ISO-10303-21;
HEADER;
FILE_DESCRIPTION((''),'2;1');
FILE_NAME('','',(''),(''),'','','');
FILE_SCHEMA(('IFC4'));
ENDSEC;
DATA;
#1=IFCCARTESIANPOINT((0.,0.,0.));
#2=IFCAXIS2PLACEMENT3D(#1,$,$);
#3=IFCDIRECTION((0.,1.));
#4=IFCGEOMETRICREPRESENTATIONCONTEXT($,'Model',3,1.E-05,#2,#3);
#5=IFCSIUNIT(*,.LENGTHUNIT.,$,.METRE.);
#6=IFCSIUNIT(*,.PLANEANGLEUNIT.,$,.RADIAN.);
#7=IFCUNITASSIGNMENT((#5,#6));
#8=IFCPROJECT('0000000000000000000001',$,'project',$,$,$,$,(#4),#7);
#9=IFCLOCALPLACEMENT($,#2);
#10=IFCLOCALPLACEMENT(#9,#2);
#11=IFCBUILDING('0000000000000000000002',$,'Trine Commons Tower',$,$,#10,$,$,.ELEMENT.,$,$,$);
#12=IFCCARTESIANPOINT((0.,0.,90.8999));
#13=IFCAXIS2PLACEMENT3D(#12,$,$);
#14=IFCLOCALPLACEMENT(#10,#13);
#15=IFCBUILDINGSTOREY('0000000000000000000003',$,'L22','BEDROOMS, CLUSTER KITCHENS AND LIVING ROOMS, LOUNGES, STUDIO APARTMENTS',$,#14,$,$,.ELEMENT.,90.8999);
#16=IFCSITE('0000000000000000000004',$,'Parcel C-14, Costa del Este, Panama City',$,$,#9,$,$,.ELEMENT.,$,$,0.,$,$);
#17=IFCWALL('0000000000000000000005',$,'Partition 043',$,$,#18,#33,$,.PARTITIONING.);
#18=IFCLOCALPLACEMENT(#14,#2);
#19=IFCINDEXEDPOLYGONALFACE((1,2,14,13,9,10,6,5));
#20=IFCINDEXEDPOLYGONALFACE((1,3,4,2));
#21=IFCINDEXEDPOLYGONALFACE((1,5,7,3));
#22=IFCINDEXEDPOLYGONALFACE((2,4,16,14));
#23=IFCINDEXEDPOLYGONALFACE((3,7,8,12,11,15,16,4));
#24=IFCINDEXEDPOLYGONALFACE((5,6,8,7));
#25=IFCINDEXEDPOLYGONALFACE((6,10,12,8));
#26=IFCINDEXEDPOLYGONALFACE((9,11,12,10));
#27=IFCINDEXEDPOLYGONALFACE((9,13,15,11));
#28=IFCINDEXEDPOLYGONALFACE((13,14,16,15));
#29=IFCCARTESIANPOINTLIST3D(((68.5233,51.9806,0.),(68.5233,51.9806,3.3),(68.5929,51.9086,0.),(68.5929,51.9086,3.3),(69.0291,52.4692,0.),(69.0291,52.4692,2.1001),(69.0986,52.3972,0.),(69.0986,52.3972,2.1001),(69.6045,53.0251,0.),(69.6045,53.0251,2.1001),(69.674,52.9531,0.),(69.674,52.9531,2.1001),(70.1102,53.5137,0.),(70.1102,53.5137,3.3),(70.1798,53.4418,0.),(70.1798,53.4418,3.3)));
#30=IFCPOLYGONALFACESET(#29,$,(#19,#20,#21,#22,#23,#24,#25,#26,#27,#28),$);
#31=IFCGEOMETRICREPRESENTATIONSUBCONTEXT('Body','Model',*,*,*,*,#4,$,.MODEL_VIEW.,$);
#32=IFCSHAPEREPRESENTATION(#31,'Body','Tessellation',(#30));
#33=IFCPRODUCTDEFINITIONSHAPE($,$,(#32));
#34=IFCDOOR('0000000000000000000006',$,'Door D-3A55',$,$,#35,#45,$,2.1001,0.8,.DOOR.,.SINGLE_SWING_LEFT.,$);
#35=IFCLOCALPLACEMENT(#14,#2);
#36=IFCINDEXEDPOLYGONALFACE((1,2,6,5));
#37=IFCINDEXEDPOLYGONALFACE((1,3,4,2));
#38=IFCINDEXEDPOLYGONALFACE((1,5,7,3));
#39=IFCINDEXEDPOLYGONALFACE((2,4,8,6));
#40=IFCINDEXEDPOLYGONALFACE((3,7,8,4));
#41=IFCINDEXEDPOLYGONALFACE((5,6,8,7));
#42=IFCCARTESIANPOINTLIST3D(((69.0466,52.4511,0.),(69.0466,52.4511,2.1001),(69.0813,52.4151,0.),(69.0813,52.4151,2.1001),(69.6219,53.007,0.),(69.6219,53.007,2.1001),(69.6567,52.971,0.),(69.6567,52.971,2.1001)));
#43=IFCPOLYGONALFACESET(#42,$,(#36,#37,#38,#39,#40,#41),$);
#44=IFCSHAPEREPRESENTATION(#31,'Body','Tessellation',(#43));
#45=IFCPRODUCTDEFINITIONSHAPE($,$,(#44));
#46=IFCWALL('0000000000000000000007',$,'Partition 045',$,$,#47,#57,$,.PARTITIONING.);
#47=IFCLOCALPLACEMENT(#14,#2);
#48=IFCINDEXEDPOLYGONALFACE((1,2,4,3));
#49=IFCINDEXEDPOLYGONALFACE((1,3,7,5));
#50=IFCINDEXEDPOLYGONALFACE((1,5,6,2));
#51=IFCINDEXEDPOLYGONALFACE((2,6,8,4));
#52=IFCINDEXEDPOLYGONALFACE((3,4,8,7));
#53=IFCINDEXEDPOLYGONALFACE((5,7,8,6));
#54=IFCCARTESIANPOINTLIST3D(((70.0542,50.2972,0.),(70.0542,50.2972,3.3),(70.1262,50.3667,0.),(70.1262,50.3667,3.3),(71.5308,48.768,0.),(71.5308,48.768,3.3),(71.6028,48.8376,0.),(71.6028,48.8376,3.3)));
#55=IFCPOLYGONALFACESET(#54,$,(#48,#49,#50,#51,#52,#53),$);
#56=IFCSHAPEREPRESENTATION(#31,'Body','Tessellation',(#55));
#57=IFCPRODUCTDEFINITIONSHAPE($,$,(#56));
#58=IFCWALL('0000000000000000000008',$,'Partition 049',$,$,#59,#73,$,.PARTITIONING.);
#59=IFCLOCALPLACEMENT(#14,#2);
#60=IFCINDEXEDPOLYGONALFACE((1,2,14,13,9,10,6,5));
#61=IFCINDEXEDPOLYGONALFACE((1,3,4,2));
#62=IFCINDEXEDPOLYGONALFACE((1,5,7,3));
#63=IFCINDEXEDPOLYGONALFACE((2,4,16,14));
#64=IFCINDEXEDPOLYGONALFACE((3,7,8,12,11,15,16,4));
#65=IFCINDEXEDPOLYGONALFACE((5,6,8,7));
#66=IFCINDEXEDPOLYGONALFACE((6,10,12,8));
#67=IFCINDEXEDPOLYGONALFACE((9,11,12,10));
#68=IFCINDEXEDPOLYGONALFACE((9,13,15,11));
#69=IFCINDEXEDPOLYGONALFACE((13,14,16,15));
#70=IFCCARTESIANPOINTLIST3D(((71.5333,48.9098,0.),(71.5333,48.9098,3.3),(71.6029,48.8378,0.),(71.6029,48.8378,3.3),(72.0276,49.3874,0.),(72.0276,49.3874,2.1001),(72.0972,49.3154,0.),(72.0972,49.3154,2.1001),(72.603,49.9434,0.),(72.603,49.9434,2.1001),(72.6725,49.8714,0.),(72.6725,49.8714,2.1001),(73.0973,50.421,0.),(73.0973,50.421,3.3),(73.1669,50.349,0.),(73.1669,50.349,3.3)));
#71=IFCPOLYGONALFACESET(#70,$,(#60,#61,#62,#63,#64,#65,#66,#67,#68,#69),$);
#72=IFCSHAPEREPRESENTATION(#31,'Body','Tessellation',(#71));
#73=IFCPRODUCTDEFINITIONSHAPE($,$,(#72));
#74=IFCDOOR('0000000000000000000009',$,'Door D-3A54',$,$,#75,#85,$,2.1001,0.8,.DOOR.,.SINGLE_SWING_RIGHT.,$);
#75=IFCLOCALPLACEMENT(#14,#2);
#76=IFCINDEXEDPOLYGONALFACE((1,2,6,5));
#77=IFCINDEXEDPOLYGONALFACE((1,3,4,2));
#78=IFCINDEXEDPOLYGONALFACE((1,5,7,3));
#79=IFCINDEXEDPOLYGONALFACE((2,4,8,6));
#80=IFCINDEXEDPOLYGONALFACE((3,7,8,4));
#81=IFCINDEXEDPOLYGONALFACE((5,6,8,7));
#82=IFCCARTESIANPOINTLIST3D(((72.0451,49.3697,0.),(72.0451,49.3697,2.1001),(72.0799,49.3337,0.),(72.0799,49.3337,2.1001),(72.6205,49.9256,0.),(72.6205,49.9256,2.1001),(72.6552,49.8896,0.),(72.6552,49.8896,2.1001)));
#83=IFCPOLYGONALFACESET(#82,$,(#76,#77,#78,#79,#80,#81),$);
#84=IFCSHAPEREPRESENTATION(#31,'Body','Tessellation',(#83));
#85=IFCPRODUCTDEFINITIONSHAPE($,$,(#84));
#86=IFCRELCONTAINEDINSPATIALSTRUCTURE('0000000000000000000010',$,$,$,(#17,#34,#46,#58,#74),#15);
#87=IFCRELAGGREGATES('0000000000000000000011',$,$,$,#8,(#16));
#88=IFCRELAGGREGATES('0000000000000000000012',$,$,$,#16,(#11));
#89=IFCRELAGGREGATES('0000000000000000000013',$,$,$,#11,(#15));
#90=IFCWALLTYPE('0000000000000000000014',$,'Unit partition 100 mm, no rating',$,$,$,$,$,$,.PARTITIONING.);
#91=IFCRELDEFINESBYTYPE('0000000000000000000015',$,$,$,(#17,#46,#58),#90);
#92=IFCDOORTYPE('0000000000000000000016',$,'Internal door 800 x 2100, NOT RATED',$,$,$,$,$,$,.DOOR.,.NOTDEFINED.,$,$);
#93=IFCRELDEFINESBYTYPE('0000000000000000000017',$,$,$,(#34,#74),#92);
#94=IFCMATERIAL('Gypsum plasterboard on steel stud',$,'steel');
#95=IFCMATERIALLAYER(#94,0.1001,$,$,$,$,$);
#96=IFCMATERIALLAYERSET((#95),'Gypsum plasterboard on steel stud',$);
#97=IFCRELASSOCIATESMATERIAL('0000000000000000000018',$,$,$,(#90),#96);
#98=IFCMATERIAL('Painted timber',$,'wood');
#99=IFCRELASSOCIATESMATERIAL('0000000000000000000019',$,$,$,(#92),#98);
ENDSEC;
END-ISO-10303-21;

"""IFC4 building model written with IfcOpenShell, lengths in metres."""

from ifc_helpers import new_model, si_unit, direction, frame, frame_2d, origin, place, context, subcontext, project, spatial, rectangle, extrude, material, layer, layer_set, type_object, element, fill, save


model = new_model("IFC4")

# Units and contexts
model_context = context("Model", 3, precision=1e-05, world=origin(), true_north=direction((0.0, 1.0)))
body_context = subcontext(model_context, "Body", "Model", "MODEL_VIEW")
ifc_project = project(units=[si_unit("LENGTHUNIT", "METRE"), si_unit("PLANEANGLEUNIT", "RADIAN")], contexts=[model_context])

# Site, building, storey
site_placement = place(None, origin())
site = spatial("IfcSite", under=ifc_project, at=site_placement, Name="Parcel C-14, Costa del Este, Panama City", CompositionType="ELEMENT", RefElevation=0.0)
building_placement = place(site_placement, origin())
building = spatial("IfcBuilding", under=site, at=building_placement, Name="Trine Commons Tower", CompositionType="ELEMENT")
storey_placement = place(building_placement, frame((0.0, 0.0, 90.8999)))
storey = spatial("IfcBuildingStorey", under=building, at=storey_placement, Name="L22", Description="BEDROOMS, CLUSTER KITCHENS AND LIVING ROOMS, LOUNGES, STUDIO APARTMENTS", CompositionType="ELEMENT", Elevation=90.8999)

# Shared definitions
ifc_material_1 = material(Name="Gypsum plasterboard on steel stud", Category="steel")

# Shared definitions
ifc_layer_1 = layer(ifc_material_1, 0.1001)
ifc_layer_set_1 = layer_set([ifc_layer_1], Name="Gypsum plasterboard on steel stud")
wall_type_1 = type_object("IfcWallType", Name="Unit partition 100 mm, no rating", PredefinedType="PARTITIONING", material=ifc_layer_set_1)

# Wall, opening, door
wall_1_placement = place(storey_placement, frame((68.5581, 51.9446, 0.0), z_axis=(0.0, 0.0, 1.0), x_axis=(0.719173, 0.694831, 0.0)))
wall_1 = element("IfcWall", 1, at=wall_1_placement, inside=storey, type_object=wall_type_1, Name="Partition 043", PredefinedType="PARTITIONING", context=body_context, shape_type="SweptSolid", body=[
    extrude(rectangle(XDim=2.2065, YDim=0.1001, at=frame_2d((1.1033, 0.0))), origin(), (0.0, 0.0, 1.0), 3.3),
])
opening_1_placement = place(wall_1_placement, frame((0.7034, 0.0, 0.0)))
opening_1 = element("IfcOpeningElement", 2, at=opening_1_placement, cuts=wall_1, PredefinedType="OPENING", context=body_context, shape_type="SweptSolid", body=[
    extrude(rectangle(XDim=0.8, YDim=2.1001, at=frame_2d((0.3999, 1.05))), frame((0.0, 0.0601, 0.0), z_axis=(0.0, -1.0, 0.0), x_axis=(1.0, 0.0, 0.0)), (0.0, 0.0, 1.0), 0.1201),
])
ifc_material_2 = material(Name="Painted timber", Category="wood")
door_type_1 = type_object("IfcDoorType", Name="Internal door 800 x 2100, NOT RATED", OperationType="NOTDEFINED", PredefinedType="DOOR", material=ifc_material_2)
door_1_placement = place(opening_1_placement, origin())
door_1 = element("IfcDoor", 3, at=door_1_placement, inside=storey, type_object=door_type_1, Name="Door D-3A55", OperationType="SINGLE_SWING_LEFT", OverallHeight=2.1001, OverallWidth=0.8, PredefinedType="DOOR", context=body_context, shape_type="SweptSolid", body=[
    extrude(rectangle(XDim=0.8, YDim=2.1001, at=frame_2d((0.3999, 1.05))), frame((0.0, 0.0249, 0.0), z_axis=(0.0, -1.0, 0.0), x_axis=(1.0, 0.0, 0.0)), (0.0, 0.0, 1.0), 0.05),
])
fill(opening_1, door_1)

# Wall
wall_2_placement = place(storey_placement, frame((70.0901, 50.332, 0.0), z_axis=(0.0, 0.0, 1.0), x_axis=(0.694652, -0.719346, 0.0)))
element("IfcWall", 4, at=wall_2_placement, inside=storey, type_object=wall_type_1, Name="Partition 045", PredefinedType="PARTITIONING", context=body_context, shape_type="SweptSolid", body=[
    extrude(rectangle(XDim=2.1257, YDim=0.1001, at=frame_2d((1.063, 0.0))), origin(), (0.0, 0.0, 1.0), 3.3),
])

# Wall, opening, door
wall_3_placement = place(storey_placement, frame((71.5681, 48.8738, 0.0), z_axis=(0.0, 0.0, 1.0), x_axis=(0.719127, 0.694879, 0.0)))
wall_3 = element("IfcWall", 5, at=wall_3_placement, inside=storey, type_object=wall_type_1, Name="Partition 049", PredefinedType="PARTITIONING", context=body_context, shape_type="SweptSolid", body=[
    extrude(rectangle(XDim=2.1748, YDim=0.1001, at=frame_2d((1.0874, 0.0))), origin(), (0.0, 0.0, 1.0), 3.3),
])
opening_2_placement = place(wall_3_placement, frame((0.6875, 0.0, 0.0)))
opening_2 = element("IfcOpeningElement", 6, at=opening_2_placement, cuts=wall_3, PredefinedType="OPENING", context=body_context, shape_type="SweptSolid", body=[
    extrude(rectangle(XDim=0.8, YDim=2.1001, at=frame_2d((0.3999, 1.05))), frame((0.0, 0.0601, 0.0), z_axis=(0.0, -1.0, 0.0), x_axis=(1.0, 0.0, 0.0)), (0.0, 0.0, 1.0), 0.1201),
])
door_2_placement = place(opening_2_placement, frame((0.8, 0.0, 0.0), z_axis=(0.0, 0.0, 1.0), x_axis=(-1.0, 0.0, 0.0)))
door_2 = element("IfcDoor", 7, at=door_2_placement, inside=storey, type_object=door_type_1, Name="Door D-3A54", OperationType="SINGLE_SWING_RIGHT", OverallHeight=2.1001, OverallWidth=0.8, PredefinedType="DOOR", context=body_context, shape_type="SweptSolid", body=[
    extrude(rectangle(XDim=0.8, YDim=2.1001, at=frame_2d((0.3999, 1.05))), frame((0.0, 0.0249, 0.0), z_axis=(0.0, -1.0, 0.0), x_axis=(1.0, 0.0, 0.0)), (0.0, 0.0, 1.0), 0.05),
])
fill(opening_2, door_2)

save(model, "model.ifc")
